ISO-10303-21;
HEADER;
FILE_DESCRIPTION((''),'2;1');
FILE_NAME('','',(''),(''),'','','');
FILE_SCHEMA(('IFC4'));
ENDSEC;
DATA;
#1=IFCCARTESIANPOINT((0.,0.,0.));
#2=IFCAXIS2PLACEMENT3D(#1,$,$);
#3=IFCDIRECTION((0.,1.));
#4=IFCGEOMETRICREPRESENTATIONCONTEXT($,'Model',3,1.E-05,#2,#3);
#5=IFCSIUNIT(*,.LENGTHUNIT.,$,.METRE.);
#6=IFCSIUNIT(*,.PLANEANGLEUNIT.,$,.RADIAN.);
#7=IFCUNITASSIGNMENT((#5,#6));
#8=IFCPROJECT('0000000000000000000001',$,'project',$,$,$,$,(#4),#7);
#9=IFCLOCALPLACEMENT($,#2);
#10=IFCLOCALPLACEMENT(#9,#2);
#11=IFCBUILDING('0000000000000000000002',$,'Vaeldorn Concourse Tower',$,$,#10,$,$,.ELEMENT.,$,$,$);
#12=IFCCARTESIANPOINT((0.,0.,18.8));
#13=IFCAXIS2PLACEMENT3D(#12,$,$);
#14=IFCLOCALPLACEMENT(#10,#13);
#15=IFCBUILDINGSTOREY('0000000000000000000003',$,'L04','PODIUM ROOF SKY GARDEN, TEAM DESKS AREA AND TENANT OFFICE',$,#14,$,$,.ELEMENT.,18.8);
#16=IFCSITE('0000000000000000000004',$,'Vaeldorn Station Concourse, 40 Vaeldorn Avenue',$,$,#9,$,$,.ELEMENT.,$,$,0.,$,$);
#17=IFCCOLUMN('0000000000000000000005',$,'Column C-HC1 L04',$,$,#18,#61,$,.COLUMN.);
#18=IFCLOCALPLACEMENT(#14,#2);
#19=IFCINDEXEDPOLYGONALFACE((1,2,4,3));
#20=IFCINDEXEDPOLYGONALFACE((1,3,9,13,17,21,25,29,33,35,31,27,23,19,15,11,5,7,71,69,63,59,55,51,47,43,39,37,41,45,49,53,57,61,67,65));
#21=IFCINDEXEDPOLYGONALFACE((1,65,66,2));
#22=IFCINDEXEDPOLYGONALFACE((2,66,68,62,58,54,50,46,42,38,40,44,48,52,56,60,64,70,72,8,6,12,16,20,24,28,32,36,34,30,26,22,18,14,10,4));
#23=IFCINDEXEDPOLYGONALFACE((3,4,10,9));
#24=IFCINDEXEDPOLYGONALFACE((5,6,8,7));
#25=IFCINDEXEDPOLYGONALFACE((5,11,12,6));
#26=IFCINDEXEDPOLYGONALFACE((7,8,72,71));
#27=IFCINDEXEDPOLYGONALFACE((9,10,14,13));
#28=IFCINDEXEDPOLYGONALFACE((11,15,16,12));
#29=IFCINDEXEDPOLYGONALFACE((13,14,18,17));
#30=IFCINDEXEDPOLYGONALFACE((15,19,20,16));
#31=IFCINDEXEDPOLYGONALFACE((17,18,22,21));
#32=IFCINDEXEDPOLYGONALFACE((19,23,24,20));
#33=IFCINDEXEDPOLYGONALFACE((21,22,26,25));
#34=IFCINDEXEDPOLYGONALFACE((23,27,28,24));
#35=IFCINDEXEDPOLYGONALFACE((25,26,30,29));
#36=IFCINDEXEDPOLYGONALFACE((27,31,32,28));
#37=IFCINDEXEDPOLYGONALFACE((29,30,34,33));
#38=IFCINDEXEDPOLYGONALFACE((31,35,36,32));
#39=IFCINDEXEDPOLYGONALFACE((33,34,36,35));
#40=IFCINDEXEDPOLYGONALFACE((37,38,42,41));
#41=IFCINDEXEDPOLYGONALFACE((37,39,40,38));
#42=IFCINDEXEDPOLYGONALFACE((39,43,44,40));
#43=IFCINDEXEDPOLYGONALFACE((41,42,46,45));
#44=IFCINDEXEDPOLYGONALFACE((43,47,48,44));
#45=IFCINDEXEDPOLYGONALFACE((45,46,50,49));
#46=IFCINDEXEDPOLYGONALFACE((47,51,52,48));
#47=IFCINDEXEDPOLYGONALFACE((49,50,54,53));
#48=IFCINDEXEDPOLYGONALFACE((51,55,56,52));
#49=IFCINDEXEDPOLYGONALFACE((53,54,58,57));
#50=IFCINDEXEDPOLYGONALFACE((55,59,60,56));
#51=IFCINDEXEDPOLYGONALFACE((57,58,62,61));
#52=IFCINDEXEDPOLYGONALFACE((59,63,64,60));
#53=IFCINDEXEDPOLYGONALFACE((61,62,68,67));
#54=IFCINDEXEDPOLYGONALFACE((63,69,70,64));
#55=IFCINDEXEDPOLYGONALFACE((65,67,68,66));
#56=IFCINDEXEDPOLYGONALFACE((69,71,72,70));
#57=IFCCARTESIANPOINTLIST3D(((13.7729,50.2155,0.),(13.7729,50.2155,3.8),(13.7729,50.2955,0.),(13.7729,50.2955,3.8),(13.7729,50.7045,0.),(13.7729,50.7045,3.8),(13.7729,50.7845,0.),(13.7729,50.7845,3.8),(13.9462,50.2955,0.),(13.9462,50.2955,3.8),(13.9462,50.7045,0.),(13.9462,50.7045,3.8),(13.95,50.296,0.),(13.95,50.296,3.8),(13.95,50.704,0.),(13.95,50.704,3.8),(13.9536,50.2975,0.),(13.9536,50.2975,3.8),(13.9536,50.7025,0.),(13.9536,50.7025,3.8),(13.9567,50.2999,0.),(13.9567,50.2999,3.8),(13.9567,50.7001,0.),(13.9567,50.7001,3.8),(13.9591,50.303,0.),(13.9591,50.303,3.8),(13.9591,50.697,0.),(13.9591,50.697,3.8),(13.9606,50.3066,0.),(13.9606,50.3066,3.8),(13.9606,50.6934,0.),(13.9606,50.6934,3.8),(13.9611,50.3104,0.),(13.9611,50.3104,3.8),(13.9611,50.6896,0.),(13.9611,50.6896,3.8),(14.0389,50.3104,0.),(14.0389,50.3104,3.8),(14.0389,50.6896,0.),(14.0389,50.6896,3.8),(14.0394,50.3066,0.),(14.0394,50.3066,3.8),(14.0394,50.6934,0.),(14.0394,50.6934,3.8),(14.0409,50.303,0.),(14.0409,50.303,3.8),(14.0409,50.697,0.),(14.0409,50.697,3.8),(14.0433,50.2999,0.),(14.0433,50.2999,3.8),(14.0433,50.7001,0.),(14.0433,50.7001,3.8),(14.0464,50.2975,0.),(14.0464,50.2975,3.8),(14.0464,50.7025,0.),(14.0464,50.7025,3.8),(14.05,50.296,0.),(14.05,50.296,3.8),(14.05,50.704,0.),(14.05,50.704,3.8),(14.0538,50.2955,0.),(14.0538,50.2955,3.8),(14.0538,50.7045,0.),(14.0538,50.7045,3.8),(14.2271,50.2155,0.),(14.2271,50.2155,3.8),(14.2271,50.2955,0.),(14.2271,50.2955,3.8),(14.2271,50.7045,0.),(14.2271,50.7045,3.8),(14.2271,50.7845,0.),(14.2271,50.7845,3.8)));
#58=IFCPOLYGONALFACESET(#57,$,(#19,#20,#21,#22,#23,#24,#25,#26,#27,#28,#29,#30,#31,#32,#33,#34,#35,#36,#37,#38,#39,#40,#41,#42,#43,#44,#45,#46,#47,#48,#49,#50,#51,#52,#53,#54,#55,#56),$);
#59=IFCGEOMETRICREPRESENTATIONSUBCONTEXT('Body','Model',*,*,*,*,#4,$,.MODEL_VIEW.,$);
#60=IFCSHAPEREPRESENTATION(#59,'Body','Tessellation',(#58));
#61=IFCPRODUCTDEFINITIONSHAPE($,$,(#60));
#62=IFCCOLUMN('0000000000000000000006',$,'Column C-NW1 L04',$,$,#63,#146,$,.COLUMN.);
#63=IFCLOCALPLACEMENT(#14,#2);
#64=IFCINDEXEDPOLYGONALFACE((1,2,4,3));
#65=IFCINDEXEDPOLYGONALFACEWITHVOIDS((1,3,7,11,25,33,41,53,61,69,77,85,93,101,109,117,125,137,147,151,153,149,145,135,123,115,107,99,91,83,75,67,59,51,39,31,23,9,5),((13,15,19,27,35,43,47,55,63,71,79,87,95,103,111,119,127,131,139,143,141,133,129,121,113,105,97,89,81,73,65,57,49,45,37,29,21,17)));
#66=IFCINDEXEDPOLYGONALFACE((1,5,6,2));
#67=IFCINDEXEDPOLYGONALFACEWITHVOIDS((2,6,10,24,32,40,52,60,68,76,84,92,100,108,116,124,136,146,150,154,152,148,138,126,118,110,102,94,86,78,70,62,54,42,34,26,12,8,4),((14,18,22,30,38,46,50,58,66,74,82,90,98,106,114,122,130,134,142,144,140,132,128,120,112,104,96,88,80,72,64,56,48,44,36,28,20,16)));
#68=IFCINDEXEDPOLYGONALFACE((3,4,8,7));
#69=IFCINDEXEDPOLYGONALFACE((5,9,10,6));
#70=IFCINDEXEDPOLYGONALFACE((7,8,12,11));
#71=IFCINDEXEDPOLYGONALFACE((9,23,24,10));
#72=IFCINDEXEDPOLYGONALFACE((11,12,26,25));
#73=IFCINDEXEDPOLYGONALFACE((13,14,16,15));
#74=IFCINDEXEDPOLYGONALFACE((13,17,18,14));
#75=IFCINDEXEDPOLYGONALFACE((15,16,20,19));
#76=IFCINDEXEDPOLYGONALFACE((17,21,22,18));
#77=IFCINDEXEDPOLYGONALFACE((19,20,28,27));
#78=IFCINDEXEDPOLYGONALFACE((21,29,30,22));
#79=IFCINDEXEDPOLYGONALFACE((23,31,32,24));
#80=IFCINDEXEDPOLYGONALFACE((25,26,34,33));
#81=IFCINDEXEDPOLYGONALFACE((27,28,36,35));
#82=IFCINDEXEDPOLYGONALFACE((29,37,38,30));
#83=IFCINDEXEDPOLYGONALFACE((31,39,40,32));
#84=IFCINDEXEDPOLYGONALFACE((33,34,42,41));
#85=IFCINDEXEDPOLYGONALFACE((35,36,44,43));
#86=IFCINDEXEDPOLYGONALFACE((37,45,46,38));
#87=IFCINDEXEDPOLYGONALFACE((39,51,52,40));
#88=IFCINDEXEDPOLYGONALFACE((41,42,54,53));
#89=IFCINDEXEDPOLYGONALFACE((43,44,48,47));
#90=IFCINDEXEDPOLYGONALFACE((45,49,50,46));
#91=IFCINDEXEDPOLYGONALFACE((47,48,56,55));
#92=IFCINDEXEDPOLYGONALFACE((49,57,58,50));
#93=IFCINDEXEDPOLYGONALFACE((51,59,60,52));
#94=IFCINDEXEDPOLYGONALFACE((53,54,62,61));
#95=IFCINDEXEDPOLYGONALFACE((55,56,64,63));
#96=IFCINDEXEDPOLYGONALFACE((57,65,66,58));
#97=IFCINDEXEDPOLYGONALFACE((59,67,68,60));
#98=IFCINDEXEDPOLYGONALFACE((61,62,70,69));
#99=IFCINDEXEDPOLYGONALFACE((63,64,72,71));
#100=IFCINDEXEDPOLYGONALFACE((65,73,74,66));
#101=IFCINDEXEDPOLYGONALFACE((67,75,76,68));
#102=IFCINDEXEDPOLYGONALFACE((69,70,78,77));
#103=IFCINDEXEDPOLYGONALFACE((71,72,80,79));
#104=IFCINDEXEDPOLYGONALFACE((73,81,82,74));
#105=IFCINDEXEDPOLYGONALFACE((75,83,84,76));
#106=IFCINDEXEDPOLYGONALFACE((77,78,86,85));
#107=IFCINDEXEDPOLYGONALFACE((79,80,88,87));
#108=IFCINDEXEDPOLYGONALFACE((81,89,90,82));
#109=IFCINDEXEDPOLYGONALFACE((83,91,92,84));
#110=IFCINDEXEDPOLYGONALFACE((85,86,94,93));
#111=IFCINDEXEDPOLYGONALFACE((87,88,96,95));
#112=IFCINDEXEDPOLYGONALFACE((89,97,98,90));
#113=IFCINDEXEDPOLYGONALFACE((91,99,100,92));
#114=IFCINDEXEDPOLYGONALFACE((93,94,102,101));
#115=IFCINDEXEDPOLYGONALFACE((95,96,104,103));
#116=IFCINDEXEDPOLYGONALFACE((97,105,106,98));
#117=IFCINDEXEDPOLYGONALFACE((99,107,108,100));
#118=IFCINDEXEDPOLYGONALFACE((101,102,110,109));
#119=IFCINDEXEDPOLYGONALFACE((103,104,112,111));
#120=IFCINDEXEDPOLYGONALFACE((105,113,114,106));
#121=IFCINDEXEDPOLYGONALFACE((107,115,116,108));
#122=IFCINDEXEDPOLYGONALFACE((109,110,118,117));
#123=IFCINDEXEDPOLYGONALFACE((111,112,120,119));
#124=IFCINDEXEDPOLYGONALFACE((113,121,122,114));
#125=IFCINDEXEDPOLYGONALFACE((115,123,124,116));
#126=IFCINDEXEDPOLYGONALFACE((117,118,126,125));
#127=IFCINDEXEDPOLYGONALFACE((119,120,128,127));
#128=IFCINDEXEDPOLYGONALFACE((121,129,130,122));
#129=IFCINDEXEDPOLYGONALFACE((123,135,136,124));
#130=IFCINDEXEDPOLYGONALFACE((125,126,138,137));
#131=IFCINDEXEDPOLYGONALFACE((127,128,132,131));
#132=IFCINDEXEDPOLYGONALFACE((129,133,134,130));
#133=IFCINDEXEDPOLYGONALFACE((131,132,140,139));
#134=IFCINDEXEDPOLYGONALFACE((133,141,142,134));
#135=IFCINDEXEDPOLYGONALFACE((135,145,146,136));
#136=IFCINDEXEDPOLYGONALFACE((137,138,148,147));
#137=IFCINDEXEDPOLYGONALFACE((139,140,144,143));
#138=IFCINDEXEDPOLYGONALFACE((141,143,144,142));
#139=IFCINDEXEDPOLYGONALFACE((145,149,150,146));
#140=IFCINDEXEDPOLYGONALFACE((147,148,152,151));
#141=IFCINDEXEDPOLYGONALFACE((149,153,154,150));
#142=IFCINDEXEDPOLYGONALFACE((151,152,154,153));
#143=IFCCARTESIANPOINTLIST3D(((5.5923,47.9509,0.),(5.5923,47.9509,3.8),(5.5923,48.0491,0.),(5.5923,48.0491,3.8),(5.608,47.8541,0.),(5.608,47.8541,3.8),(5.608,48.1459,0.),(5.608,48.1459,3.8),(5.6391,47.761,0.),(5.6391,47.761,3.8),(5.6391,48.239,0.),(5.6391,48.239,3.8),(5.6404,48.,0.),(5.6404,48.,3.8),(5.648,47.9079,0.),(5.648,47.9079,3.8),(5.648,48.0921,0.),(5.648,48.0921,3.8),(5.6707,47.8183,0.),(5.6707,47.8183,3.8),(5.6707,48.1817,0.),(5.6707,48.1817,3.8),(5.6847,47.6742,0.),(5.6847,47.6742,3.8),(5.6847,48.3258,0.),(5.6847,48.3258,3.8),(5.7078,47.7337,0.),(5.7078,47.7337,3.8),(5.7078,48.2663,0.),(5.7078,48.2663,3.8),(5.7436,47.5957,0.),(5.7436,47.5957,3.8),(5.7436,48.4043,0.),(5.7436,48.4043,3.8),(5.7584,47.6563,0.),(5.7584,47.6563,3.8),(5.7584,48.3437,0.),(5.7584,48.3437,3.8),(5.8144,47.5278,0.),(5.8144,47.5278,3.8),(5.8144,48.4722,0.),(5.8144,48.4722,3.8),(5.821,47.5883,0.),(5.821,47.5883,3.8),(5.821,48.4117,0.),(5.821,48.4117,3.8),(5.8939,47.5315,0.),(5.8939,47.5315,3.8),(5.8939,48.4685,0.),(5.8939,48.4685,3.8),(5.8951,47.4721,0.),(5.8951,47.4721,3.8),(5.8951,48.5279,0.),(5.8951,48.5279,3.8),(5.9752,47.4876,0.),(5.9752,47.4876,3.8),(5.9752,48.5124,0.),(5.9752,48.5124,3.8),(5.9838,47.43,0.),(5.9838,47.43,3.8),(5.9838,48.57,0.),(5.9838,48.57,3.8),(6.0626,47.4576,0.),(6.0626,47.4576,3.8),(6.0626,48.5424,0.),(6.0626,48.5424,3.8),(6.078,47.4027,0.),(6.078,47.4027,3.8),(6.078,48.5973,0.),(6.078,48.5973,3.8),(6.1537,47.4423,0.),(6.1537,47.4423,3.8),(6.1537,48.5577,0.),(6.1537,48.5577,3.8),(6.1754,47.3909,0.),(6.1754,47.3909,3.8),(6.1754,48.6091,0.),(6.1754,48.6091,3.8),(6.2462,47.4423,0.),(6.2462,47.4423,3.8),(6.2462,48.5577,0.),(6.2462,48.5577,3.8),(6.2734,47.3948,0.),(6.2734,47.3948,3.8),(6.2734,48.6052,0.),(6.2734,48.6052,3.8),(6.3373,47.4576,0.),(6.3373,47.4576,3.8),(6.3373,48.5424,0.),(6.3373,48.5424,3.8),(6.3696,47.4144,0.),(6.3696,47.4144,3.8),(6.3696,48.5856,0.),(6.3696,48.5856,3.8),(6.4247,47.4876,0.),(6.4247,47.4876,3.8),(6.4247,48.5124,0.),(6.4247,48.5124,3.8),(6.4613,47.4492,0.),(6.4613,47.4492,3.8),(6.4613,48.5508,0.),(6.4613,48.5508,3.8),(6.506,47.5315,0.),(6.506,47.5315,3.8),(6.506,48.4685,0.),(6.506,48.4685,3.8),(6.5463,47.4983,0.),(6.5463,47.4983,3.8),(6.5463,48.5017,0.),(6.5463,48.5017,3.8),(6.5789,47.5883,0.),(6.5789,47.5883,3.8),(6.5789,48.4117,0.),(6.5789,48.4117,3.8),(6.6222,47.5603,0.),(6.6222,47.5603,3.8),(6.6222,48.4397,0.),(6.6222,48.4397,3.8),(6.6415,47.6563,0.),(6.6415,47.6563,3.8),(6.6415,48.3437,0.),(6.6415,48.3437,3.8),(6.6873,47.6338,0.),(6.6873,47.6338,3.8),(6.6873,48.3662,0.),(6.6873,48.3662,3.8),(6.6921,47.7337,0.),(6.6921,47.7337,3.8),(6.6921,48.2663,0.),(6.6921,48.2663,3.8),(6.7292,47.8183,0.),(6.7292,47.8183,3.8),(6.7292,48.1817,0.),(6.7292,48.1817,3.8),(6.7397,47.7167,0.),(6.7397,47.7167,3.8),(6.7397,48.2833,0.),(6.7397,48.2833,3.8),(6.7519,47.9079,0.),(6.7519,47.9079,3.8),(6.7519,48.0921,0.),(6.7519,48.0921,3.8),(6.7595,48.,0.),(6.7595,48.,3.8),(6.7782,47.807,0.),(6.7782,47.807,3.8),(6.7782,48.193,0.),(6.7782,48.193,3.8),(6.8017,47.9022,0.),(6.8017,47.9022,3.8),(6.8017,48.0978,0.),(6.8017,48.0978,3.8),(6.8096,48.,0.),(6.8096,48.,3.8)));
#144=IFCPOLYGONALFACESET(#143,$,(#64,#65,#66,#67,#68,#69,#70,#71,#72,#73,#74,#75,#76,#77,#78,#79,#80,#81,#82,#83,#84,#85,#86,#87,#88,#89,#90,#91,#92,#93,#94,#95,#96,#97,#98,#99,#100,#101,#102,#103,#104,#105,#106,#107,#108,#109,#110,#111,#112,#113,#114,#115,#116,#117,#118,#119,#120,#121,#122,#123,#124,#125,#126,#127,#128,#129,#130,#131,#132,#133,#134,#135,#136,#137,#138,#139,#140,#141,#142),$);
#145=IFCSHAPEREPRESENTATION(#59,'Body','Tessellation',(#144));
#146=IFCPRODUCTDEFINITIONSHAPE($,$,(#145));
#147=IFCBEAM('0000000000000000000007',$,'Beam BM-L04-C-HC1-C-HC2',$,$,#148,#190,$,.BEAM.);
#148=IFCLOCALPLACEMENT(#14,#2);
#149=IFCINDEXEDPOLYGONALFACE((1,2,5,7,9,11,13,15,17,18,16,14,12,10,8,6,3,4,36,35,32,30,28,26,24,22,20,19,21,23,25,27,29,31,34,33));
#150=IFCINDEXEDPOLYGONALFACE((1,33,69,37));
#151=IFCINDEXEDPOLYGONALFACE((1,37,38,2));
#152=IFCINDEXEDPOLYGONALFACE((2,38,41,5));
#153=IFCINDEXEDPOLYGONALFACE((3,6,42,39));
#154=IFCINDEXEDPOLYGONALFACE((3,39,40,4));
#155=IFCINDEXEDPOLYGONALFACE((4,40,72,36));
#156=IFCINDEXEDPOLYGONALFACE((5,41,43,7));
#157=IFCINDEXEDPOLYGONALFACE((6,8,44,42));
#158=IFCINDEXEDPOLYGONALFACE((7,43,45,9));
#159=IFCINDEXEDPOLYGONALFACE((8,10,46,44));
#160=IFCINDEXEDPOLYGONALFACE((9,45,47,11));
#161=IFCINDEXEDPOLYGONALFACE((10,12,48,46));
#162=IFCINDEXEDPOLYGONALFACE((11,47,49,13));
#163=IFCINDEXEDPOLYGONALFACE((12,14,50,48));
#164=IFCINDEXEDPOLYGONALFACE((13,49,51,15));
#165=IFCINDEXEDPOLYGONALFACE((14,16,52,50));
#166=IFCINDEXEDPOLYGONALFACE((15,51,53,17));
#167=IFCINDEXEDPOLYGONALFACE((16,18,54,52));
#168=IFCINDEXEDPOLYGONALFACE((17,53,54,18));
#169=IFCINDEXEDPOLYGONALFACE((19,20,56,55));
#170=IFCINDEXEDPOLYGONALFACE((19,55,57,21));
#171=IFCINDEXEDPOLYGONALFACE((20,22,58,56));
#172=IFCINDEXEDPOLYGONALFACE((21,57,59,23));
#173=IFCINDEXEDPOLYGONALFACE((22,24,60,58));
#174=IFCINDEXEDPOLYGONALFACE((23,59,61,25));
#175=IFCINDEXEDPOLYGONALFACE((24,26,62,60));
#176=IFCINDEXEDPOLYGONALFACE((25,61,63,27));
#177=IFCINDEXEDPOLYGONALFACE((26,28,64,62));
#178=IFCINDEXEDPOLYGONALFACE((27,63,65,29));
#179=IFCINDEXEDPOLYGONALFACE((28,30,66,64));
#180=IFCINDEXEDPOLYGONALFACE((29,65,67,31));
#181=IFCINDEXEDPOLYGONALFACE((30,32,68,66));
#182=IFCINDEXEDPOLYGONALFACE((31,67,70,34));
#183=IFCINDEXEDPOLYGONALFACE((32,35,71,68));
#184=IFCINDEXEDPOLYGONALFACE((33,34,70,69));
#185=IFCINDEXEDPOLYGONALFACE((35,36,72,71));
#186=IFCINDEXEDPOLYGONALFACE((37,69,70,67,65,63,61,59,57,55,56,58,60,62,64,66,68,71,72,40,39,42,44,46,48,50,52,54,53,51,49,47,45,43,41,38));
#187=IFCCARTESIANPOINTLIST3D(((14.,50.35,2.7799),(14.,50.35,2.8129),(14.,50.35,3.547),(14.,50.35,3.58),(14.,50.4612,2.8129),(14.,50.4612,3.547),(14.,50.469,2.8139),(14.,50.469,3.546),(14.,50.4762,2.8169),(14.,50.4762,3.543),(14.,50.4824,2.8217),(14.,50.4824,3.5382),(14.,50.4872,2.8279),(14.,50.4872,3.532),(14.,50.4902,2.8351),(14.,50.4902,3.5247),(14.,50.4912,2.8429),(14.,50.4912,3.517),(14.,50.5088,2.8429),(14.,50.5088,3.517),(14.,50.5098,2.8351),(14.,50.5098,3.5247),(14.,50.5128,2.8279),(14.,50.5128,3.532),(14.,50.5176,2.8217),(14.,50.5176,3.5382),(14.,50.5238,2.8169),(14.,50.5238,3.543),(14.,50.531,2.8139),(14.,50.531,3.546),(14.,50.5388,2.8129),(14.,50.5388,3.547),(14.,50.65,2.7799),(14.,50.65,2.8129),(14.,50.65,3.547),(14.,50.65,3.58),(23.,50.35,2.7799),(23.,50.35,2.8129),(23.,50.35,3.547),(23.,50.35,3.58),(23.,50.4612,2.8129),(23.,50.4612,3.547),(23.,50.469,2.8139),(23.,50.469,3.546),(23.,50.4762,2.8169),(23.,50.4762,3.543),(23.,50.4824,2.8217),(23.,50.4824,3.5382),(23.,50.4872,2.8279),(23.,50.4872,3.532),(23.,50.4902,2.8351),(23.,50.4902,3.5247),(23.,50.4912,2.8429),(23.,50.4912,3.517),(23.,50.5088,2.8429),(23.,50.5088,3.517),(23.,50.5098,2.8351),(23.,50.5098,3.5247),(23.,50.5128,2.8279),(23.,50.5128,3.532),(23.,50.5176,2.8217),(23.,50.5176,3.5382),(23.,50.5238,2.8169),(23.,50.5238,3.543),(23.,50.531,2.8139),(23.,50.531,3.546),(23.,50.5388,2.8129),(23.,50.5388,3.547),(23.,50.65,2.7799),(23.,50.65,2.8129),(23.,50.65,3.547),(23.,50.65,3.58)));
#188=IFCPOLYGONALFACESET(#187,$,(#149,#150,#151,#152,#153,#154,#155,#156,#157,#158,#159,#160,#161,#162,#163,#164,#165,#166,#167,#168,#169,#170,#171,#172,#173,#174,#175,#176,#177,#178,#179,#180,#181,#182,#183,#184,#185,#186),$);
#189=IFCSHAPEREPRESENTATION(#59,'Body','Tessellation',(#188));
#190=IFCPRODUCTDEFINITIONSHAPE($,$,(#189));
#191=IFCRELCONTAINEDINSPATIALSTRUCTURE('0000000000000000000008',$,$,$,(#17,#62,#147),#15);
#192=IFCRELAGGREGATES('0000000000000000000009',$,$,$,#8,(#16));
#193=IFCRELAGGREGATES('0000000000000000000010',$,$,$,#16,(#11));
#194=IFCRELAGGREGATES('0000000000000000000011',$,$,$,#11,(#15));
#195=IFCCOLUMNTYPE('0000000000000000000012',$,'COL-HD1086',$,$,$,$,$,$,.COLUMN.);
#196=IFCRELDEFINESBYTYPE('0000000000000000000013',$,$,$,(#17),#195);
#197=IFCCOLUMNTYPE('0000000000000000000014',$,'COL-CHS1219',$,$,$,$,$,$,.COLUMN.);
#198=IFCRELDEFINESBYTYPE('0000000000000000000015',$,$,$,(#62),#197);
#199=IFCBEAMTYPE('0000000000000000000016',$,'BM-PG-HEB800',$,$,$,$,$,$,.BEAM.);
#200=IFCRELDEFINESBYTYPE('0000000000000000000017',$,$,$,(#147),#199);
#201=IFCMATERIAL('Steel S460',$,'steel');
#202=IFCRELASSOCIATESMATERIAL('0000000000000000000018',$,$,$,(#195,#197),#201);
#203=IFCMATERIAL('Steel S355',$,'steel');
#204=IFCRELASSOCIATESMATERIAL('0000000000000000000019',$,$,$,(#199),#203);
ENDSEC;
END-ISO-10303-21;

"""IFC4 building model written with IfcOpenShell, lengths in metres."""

from ifc_helpers import new_model, si_unit, direction, frame, origin, origin_2d, place, context, subcontext, project, spatial, hollow_circle, i_section, extrude, source, transform, mapped, material, material_profile, profile_set, type_object, element, save


model = new_model("IFC4")

# Units and contexts
model_context = context("Model", 3, precision=1e-05, world=origin(), true_north=direction((0.0, 1.0)))
body_context = subcontext(model_context, "Body", "Model", "MODEL_VIEW")
ifc_project = project(units=[si_unit("LENGTHUNIT", "METRE"), si_unit("PLANEANGLEUNIT", "RADIAN")], contexts=[model_context])

# Site, building, storey
site_placement = place(None, origin())
site = spatial("IfcSite", under=ifc_project, at=site_placement, Name="Vaeldorn Station Concourse, 40 Vaeldorn Avenue", CompositionType="ELEMENT", RefElevation=0.0)
building_placement = place(site_placement, origin())
building = spatial("IfcBuilding", under=site, at=building_placement, Name="Vaeldorn Concourse Tower", CompositionType="ELEMENT")
storey_placement = place(building_placement, frame((0.0, 0.0, 18.8)))
storey = spatial("IfcBuildingStorey", under=building, at=storey_placement, Name="L04", Description="PODIUM ROOF SKY GARDEN, TEAM DESKS AREA AND TENANT OFFICE", CompositionType="ELEMENT", Elevation=18.8)

# Columns
ifc_material_1 = material(Name="Steel S460", Category="steel")
ifc_material_profile_1 = material_profile(ifc_material_1, i_section(OverallWidth=0.4541, OverallDepth=0.5691, WebThickness=0.0779, FlangeThickness=0.0801, FilletRadius=0.0149, at=origin_2d()), Name="HD 400x1086")
ifc_profile_set_1 = profile_set([ifc_material_profile_1], Name="Steel S460")
column_type_1 = type_object("IfcColumnType", Name="COL-HD1086", PredefinedType="COLUMN", material=ifc_profile_set_1)
shared_shape_1 = source(origin(), body_context, "Body", "SweptSolid", [
    extrude(i_section(OverallWidth=0.4541, OverallDepth=0.5691, WebThickness=0.0779, FlangeThickness=0.0801, FilletRadius=0.0149, at=origin_2d()), origin(), (0.0, 0.0, 1.0), 3.8),
])
column_1_placement = place(storey_placement, frame((14.0, 50.5, 0.0), z_axis=(0.0, 0.0, 1.0), x_axis=(1.0, 0.0, 0.0)))
element("IfcColumn", 1, at=column_1_placement, inside=storey, type_object=column_type_1, Name="Column C-HC1 L04", PredefinedType="COLUMN", context=body_context, shape_type="MappedRepresentation", body=[
    mapped(shared_shape_1, transform((0.0, 0.0, 0.0), scale=1.0)),
])
ifc_material_profile_2 = material_profile(ifc_material_1, hollow_circle(Radius=0.6096, WallThickness=0.05, at=origin_2d()), Name="CHS 1219x50")
ifc_profile_set_2 = profile_set([ifc_material_profile_2], Name="Steel S460")
column_type_2 = type_object("IfcColumnType", Name="COL-CHS1219", PredefinedType="COLUMN", material=ifc_profile_set_2)
shared_shape_2 = source(origin(), body_context, "Body", "SweptSolid", [
    extrude(hollow_circle(Radius=0.6096, WallThickness=0.05, at=origin_2d()), origin(), (0.0, 0.0, 1.0), 3.8),
])
column_2_placement = place(storey_placement, frame((6.2, 48.0, 0.0), z_axis=(0.0, 0.0, 1.0), x_axis=(1.0, 0.0, 0.0)))
element("IfcColumn", 2, at=column_2_placement, inside=storey, type_object=column_type_2, Name="Column C-NW1 L04", PredefinedType="COLUMN", context=body_context, shape_type="MappedRepresentation", body=[
    mapped(shared_shape_2, transform((0.0, 0.0, 0.0), scale=1.0)),
])

# Beam
ifc_material_2 = material(Name="Steel S355", Category="steel")
ifc_material_profile_3 = material_profile(ifc_material_2, i_section(OverallWidth=0.3, OverallDepth=0.8, WebThickness=0.0176, FlangeThickness=0.033, FilletRadius=0.03, at=origin_2d()), Name="HEB 800")
ifc_profile_set_3 = profile_set([ifc_material_profile_3], Name="Steel S355")
beam_type_1 = type_object("IfcBeamType", Name="BM-PG-HEB800", PredefinedType="BEAM", material=ifc_profile_set_3)
shared_shape_3 = source(origin(), body_context, "Body", "SweptSolid", [
    extrude(i_section(OverallWidth=0.3, OverallDepth=0.8, WebThickness=0.0176, FlangeThickness=0.033, FilletRadius=0.03, at=origin_2d()), origin(), (0.0, 0.0, 1.0), 9.0),
])
beam_1_placement = place(storey_placement, frame((14.0, 50.5, 3.1799), z_axis=(1.0, 0.0, 0.0), x_axis=(0.0, 1.0, 0.0)))
element("IfcBeam", 3, at=beam_1_placement, inside=storey, type_object=beam_type_1, Name="Beam BM-L04-C-HC1-C-HC2", PredefinedType="BEAM", context=body_context, shape_type="MappedRepresentation", body=[
    mapped(shared_shape_3, transform((0.0, 0.0, 0.0), scale=1.0)),
])

save(model, "model.ifc")
